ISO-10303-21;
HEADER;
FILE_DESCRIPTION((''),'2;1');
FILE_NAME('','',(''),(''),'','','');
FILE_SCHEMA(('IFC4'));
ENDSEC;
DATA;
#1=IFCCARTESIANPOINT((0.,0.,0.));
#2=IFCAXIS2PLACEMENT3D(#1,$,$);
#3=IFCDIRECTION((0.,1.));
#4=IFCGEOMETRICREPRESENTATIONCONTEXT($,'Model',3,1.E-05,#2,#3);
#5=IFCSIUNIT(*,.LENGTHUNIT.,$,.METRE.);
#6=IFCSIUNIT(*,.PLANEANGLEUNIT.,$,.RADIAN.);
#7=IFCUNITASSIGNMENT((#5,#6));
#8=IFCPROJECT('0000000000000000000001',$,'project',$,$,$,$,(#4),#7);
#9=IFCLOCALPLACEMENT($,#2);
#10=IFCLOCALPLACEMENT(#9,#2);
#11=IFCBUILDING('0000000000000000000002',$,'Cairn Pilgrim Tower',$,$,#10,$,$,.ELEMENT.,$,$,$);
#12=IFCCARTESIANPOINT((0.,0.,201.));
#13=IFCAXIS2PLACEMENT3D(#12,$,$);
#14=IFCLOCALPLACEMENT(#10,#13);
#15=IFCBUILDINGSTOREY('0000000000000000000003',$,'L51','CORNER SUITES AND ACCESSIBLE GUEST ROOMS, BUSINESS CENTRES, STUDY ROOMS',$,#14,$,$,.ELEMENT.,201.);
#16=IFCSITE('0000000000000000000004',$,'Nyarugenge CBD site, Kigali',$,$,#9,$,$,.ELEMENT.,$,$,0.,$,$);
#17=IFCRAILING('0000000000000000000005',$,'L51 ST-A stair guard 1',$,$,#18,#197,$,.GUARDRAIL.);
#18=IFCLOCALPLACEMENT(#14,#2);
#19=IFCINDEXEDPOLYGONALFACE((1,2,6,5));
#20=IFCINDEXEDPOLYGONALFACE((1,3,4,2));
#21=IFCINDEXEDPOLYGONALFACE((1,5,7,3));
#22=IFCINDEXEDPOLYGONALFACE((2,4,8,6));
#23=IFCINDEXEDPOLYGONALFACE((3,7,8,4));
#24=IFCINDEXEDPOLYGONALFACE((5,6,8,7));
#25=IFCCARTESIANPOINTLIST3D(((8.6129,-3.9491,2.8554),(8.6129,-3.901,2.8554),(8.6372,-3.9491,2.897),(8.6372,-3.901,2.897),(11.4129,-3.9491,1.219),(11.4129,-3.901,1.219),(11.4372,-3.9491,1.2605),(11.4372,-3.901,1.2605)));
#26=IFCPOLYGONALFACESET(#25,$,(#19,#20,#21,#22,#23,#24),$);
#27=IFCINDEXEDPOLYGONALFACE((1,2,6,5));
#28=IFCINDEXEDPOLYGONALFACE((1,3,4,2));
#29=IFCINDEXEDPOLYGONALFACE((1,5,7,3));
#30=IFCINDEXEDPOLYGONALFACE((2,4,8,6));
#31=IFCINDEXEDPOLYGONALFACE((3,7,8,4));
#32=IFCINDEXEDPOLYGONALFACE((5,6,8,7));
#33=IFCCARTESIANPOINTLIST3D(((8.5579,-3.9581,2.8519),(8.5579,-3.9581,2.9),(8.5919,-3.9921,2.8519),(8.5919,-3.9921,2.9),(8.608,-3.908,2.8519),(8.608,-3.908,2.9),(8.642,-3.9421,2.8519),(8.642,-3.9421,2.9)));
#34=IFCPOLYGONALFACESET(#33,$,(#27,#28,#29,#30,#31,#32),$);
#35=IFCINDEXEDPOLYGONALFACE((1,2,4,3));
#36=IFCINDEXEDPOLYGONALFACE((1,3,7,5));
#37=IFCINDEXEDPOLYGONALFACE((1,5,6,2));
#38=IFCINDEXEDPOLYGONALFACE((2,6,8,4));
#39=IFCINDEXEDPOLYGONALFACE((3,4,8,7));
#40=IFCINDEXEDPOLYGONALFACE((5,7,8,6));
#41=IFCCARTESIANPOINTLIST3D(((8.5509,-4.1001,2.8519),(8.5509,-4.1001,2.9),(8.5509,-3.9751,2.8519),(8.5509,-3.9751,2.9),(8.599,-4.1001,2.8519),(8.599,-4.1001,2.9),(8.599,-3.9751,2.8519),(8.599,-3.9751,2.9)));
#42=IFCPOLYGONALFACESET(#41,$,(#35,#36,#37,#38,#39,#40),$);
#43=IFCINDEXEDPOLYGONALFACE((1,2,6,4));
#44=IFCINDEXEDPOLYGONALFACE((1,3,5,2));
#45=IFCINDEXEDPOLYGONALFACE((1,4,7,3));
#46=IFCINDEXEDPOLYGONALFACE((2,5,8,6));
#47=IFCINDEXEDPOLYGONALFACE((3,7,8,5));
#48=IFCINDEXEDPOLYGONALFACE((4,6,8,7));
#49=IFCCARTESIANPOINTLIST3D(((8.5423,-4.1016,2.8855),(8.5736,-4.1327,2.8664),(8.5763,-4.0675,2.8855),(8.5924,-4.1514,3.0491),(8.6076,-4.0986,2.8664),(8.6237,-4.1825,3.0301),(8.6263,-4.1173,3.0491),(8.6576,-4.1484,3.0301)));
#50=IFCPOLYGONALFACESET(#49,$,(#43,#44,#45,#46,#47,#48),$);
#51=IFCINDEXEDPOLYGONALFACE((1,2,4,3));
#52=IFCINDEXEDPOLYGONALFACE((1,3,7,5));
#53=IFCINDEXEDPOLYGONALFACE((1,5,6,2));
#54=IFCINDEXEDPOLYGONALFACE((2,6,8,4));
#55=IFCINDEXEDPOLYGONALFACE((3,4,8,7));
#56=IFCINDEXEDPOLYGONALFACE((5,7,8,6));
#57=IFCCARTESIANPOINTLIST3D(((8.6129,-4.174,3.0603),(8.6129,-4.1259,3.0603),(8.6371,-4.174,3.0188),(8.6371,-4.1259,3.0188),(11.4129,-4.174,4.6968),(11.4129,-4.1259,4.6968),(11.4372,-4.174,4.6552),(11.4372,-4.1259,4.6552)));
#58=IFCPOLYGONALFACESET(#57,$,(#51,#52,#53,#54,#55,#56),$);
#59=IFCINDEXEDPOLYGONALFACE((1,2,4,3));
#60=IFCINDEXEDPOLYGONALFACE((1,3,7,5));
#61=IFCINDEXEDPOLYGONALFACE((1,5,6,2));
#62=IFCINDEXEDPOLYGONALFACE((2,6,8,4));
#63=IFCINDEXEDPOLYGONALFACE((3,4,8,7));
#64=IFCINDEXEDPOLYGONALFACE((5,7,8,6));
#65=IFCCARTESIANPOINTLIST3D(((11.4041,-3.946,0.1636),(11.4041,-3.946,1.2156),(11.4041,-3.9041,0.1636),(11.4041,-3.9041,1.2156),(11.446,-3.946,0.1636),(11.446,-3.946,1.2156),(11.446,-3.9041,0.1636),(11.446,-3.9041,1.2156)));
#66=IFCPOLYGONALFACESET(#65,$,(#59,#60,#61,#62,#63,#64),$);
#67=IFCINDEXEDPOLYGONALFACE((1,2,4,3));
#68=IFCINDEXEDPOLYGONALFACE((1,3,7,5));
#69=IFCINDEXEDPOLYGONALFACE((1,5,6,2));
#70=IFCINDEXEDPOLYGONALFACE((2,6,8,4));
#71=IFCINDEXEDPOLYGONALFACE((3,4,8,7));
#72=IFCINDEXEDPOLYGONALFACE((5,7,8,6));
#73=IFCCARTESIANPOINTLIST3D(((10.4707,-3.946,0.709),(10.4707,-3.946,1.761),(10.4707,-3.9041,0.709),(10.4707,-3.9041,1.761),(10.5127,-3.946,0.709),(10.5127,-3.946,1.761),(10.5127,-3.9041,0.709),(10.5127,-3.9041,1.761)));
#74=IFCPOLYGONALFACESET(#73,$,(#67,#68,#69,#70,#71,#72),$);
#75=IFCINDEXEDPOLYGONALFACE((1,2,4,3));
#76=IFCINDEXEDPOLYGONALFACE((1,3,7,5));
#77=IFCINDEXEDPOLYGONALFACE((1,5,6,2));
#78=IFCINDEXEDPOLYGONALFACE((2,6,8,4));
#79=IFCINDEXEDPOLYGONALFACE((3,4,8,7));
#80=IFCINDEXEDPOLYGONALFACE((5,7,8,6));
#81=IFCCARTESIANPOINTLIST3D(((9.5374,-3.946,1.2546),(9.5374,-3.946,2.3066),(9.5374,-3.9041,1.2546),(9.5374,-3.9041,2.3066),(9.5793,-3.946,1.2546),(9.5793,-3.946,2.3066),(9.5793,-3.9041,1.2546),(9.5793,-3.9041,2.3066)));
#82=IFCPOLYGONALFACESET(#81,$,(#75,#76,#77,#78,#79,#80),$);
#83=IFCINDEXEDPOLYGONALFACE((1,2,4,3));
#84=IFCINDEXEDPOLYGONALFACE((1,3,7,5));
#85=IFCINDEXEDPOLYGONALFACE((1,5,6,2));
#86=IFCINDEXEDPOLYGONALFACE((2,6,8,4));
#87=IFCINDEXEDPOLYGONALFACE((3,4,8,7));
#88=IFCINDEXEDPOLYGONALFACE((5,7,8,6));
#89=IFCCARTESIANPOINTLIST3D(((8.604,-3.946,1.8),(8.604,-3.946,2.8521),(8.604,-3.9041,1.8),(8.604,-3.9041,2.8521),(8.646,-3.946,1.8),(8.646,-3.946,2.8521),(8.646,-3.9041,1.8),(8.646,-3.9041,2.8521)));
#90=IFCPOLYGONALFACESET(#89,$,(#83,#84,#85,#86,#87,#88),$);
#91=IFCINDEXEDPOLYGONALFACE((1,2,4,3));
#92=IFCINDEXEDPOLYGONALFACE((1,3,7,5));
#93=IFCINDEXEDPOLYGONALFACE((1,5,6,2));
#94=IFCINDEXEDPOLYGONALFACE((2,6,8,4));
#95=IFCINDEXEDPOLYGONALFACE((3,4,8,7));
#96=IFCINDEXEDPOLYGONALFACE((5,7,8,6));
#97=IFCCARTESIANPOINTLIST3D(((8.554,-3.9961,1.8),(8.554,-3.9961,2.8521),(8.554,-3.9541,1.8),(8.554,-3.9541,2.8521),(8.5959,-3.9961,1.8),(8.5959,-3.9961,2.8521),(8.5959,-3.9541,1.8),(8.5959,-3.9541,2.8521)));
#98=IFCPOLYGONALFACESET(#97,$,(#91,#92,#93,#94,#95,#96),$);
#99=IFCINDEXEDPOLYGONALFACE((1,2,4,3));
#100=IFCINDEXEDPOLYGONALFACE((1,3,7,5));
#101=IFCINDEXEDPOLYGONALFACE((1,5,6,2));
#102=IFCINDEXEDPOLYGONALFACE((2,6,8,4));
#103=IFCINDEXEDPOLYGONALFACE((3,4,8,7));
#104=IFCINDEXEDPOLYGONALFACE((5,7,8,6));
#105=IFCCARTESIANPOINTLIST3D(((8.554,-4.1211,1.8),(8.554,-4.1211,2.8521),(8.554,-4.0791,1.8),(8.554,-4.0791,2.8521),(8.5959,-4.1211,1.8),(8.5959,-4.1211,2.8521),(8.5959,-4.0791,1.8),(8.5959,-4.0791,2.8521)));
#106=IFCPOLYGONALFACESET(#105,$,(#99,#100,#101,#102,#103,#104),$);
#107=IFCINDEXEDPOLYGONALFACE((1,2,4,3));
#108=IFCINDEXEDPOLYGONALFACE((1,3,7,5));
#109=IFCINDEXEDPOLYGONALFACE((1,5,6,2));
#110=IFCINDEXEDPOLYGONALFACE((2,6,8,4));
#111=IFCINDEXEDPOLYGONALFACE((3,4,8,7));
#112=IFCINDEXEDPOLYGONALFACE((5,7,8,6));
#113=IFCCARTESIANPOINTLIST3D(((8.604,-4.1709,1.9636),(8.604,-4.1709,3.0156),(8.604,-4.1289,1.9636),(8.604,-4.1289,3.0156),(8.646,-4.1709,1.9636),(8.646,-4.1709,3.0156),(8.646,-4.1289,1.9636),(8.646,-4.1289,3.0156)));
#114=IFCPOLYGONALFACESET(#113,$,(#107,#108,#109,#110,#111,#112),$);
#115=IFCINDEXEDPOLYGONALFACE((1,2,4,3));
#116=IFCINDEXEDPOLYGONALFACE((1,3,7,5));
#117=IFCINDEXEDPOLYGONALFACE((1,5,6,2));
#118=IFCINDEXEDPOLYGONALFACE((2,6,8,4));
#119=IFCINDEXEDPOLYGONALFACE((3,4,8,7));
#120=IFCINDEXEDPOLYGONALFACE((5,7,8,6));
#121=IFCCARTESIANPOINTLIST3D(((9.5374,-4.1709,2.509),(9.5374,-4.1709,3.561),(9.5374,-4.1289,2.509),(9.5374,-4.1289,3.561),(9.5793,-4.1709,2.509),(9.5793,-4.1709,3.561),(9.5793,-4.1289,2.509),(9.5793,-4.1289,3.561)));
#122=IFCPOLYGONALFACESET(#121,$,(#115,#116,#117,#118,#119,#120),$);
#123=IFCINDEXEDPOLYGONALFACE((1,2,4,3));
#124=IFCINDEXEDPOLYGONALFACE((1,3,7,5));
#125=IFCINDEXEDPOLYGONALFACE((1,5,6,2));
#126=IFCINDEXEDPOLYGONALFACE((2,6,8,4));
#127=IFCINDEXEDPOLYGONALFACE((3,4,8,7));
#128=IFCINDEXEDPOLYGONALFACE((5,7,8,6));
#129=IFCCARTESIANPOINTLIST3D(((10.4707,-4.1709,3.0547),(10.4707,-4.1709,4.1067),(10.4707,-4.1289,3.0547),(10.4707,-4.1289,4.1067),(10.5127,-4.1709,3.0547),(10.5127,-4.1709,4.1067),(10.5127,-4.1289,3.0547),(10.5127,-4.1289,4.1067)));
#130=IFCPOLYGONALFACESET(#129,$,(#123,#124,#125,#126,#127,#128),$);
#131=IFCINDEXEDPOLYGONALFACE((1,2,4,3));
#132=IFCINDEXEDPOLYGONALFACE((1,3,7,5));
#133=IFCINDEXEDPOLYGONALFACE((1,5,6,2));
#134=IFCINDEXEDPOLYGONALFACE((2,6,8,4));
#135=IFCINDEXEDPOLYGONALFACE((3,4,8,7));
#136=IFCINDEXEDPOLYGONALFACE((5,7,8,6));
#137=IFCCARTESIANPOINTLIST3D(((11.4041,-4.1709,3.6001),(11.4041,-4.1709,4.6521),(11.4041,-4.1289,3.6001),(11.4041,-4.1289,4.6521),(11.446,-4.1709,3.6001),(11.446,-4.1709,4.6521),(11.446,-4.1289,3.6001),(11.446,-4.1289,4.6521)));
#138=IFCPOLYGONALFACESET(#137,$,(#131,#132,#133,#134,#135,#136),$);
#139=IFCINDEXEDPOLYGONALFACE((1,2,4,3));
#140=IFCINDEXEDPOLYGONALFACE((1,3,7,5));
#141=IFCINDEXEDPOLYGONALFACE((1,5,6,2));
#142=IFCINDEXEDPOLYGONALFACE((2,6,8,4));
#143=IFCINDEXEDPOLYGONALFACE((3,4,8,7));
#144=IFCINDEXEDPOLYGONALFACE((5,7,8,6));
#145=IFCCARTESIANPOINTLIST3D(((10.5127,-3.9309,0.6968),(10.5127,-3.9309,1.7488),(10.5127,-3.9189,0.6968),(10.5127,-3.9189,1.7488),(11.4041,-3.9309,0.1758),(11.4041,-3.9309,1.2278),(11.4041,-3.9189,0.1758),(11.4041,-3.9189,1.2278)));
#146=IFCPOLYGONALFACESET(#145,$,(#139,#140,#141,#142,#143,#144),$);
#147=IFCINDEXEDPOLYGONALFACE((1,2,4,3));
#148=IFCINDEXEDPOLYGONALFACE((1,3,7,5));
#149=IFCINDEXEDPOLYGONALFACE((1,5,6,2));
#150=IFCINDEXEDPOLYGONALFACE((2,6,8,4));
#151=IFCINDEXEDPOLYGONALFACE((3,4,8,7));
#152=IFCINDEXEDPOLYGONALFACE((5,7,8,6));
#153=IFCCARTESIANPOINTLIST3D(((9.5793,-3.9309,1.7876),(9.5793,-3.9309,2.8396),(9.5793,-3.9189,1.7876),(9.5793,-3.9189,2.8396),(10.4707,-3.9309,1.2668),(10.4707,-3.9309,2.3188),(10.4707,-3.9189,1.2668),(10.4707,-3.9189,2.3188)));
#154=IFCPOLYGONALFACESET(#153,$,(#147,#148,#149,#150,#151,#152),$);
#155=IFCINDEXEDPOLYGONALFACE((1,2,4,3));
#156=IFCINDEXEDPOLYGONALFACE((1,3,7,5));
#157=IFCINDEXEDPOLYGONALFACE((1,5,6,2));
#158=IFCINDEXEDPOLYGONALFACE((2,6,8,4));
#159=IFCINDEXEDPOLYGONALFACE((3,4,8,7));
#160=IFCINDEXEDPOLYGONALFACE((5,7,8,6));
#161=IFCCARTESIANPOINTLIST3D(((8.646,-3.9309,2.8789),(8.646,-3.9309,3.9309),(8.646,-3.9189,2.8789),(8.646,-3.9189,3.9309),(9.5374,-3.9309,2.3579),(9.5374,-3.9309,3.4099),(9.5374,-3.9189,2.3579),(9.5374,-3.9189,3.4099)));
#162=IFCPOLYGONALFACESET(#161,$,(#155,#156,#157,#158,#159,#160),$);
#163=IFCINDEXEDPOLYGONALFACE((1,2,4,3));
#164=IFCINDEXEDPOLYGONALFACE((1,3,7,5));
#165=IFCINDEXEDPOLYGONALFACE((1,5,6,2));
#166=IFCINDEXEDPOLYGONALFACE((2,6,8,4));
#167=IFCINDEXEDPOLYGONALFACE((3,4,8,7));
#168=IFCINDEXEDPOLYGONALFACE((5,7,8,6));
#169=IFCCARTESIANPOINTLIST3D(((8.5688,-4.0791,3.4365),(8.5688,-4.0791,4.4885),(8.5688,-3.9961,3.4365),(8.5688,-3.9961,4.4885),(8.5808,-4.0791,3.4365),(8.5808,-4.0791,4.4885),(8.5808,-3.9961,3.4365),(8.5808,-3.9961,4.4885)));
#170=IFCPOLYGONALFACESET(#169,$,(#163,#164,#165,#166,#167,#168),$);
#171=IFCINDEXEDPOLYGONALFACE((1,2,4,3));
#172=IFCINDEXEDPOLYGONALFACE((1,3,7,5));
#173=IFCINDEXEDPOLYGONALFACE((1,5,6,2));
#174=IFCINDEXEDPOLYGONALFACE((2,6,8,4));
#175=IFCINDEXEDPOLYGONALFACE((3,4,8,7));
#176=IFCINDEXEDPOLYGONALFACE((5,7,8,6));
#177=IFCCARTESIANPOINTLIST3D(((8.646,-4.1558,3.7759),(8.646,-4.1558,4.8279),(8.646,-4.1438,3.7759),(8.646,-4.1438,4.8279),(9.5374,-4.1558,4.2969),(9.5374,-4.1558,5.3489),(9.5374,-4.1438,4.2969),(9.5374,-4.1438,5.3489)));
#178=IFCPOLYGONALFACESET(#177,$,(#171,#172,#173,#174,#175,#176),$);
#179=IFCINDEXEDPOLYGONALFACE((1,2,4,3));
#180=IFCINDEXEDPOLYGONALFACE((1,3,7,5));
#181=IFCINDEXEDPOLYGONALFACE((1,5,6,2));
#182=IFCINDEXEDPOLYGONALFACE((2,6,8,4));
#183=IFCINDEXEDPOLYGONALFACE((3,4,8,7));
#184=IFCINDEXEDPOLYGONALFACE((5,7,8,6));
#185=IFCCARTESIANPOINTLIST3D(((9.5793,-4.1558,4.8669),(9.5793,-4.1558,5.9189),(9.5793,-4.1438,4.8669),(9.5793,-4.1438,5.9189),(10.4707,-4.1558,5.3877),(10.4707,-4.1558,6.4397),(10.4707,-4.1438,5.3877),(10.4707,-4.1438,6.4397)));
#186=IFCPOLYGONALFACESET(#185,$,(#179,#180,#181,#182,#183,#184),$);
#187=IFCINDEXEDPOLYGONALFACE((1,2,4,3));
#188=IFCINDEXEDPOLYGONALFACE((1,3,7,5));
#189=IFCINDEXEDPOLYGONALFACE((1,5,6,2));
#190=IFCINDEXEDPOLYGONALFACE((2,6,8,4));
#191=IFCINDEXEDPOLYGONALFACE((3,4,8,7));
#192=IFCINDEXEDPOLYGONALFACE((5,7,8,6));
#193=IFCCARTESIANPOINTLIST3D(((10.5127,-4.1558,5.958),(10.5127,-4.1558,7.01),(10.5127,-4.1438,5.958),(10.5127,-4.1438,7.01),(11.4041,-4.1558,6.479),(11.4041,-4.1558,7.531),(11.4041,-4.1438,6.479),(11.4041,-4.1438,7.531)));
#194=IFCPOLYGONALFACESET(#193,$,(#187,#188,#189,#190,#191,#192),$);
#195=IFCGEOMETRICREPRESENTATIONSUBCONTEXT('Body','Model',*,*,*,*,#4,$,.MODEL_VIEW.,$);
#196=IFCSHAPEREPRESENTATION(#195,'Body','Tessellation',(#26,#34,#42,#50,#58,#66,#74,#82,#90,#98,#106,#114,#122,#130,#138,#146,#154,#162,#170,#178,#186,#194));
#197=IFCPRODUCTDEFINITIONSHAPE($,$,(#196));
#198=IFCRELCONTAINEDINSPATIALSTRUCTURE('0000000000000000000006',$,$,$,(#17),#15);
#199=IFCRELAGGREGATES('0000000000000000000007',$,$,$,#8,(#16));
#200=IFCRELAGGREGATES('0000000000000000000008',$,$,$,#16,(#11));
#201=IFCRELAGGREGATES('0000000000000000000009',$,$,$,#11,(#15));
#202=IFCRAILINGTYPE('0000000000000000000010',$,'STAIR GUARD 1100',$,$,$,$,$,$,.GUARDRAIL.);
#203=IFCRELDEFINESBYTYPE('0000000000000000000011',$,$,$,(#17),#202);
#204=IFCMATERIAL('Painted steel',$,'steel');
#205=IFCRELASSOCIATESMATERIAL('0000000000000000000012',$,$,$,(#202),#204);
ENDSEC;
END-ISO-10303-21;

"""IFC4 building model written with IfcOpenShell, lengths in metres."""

from ifc_helpers import new_model, si_unit, direction, frame, origin, origin_2d, place, context, subcontext, project, spatial, polyline, rectangle, outline, extrude, material, type_object, element, save


model = new_model("IFC4")

# Units and contexts
model_context = context("Model", 3, precision=1e-05, world=origin(), true_north=direction((0.0, 1.0)))
body_context = subcontext(model_context, "Body", "Model", "MODEL_VIEW")
ifc_project = project(units=[si_unit("LENGTHUNIT", "METRE"), si_unit("PLANEANGLEUNIT", "RADIAN")], contexts=[model_context])

# Site, building, storey
site_placement = place(None, origin())
site = spatial("IfcSite", under=ifc_project, at=site_placement, Name="Nyarugenge CBD site, Kigali", CompositionType="ELEMENT", RefElevation=0.0)
building_placement = place(site_placement, origin())
building = spatial("IfcBuilding", under=site, at=building_placement, Name="Cairn Pilgrim Tower", CompositionType="ELEMENT")
storey_placement = place(building_placement, frame((0.0, 0.0, 201.0)))
storey = spatial("IfcBuildingStorey", under=building, at=storey_placement, Name="L51", Description="CORNER SUITES AND ACCESSIBLE GUEST ROOMS, BUSINESS CENTRES, STUDY ROOMS", CompositionType="ELEMENT", Elevation=201.0)

# Shared definitions
ifc_material_1 = material(Name="Painted steel", Category="steel")

# Railing
railing_type_1 = type_object("IfcRailingType", Name="STAIR GUARD 1100", PredefinedType="GUARDRAIL", material=ifc_material_1)
railing_1_placement = place(storey_placement, frame((11.425, -3.925, 0.1636)))
element("IfcRailing", 1, at=railing_1_placement, inside=storey, type_object=railing_type_1, Name="L51 ST-A stair guard 1", PredefinedType="GUARDRAIL", context=body_context, shape_type="SweptSolid", body=[
    extrude(rectangle(XDim=0.0481, YDim=0.0481, at=origin_2d()), frame((0.0, 0.0, 1.0762), z_axis=(-0.863361, 0.0, 0.504587), x_axis=(0.0, -1.0, 0.0)), (0.0, 0.0, 1.0), 3.2432),
    extrude(rectangle(XDim=0.0481, YDim=0.0481, at=origin_2d()), frame((-2.8, 0.0, 2.7124), z_axis=(-0.707107, -0.707107, 0.0), x_axis=(0.707107, -0.707107, 0.0)), (0.0, 0.0, 1.0), 0.0708),
    extrude(rectangle(XDim=0.0481, YDim=0.0481, at=origin_2d()), frame((-2.8501, -0.05, 2.7124), z_axis=(0.0, -1.0, 0.0), x_axis=(1.0, 0.0, 0.0)), (0.0, 0.0, 1.0), 0.125),
    extrude(rectangle(XDim=0.0481, YDim=0.0481, at=origin_2d()), frame((-2.8501, -0.175, 2.7124), z_axis=(0.280917, -0.279546, 0.918118), x_axis=(0.705376, 0.708834, 0.0)), (0.0, 0.0, 1.0), 0.1782),
    extrude(rectangle(XDim=0.0481, YDim=0.0481, at=origin_2d()), frame((-2.8, -0.2249, 2.876), z_axis=(0.863361, 0.0, 0.504587), x_axis=(0.0, 1.0, 0.0)), (0.0, 0.0, 1.0), 3.2432),
    extrude(rectangle(XDim=0.042, YDim=0.042, at=origin_2d()), origin(), (0.0, 0.0, 1.0), 1.052),
    extrude(rectangle(XDim=0.042, YDim=0.042, at=origin_2d()), frame((-0.9333, 0.0, 0.5454)), (0.0, 0.0, 1.0), 1.052),
    extrude(rectangle(XDim=0.042, YDim=0.042, at=origin_2d()), frame((-1.8667, 0.0, 1.0911)), (0.0, 0.0, 1.0), 1.052),
    extrude(rectangle(XDim=0.042, YDim=0.042, at=origin_2d()), frame((-2.8, 0.0, 1.6365)), (0.0, 0.0, 1.0), 1.052),
    extrude(rectangle(XDim=0.042, YDim=0.042, at=origin_2d()), frame((-2.8501, -0.05, 1.6365)), (0.0, 0.0, 1.0), 1.052),
    extrude(rectangle(XDim=0.042, YDim=0.042, at=origin_2d()), frame((-2.8501, -0.175, 1.6365)), (0.0, 0.0, 1.0), 1.052),
    extrude(rectangle(XDim=0.042, YDim=0.042, at=origin_2d()), frame((-2.8, -0.2249, 1.8)), (0.0, 0.0, 1.0), 1.052),
    extrude(rectangle(XDim=0.042, YDim=0.042, at=origin_2d()), frame((-1.8667, -0.2249, 2.3455)), (0.0, 0.0, 1.0), 1.052),
    extrude(rectangle(XDim=0.042, YDim=0.042, at=origin_2d()), frame((-0.9333, -0.2249, 2.8911)), (0.0, 0.0, 1.0), 1.052),
    extrude(rectangle(XDim=0.042, YDim=0.042, at=origin_2d()), frame((0.0, -0.2249, 3.4365)), (0.0, 0.0, 1.0), 1.052),
    extrude(outline(polyline([(0.021, 0.0122), (0.9124, 0.5332), (0.9124, 1.5852), (0.021, 1.0642), (0.021, 0.0122)])), frame((0.0, -0.0059, 0.0), z_axis=(0.0, 1.0, 0.0), x_axis=(-1.0, 0.0, 0.0)), (0.0, 0.0, 1.0), 0.012),
    extrude(outline(polyline([(0.021, 0.5579), (0.9124, 1.0786), (0.9124, 2.1306), (0.021, 1.6099), (0.021, 0.5579)])), frame((-0.9333, -0.0059, 0.5454), z_axis=(0.0, 1.0, 0.0), x_axis=(-1.0, 0.0, 0.0)), (0.0, 0.0, 1.0), 0.012),
    extrude(outline(polyline([(0.021, 1.1033), (0.9124, 1.6243), (0.9124, 2.6763), (0.021, 2.1553), (0.021, 1.1033)])), frame((-1.8667, -0.0059, 1.0911), z_axis=(0.0, 1.0, 0.0), x_axis=(-1.0, 0.0, 0.0)), (0.0, 0.0, 1.0), 0.012),
    extrude(outline(polyline([(0.021, 1.6365), (0.104, 1.6365), (0.104, 2.6885), (0.021, 2.6885), (0.021, 1.6365)])), frame((-2.8442, -0.05, 1.6365), z_axis=(-1.0, 0.0, 0.0), x_axis=(0.0, -1.0, 0.0)), (0.0, 0.0, 1.0), 0.012),
    extrude(outline(polyline([(0.021, 1.8123), (0.9124, 2.3333), (0.9124, 3.3853), (0.021, 2.8643), (0.021, 1.8123)])), frame((-2.8, -0.2188, 1.8), z_axis=(0.0, -1.0, 0.0), x_axis=(1.0, 0.0, 0.0)), (0.0, 0.0, 1.0), 0.012),
    extrude(outline(polyline([(0.021, 2.3579), (0.9124, 2.8787), (0.9124, 3.9307), (0.021, 3.4099), (0.021, 2.3579)])), frame((-1.8667, -0.2188, 2.3455), z_axis=(0.0, -1.0, 0.0), x_axis=(1.0, 0.0, 0.0)), (0.0, 0.0, 1.0), 0.012),
    extrude(outline(polyline([(0.021, 2.9033), (0.9124, 3.4243), (0.9124, 4.4763), (0.021, 3.9553), (0.021, 2.9033)])), frame((-0.9333, -0.2188, 2.8911), z_axis=(0.0, -1.0, 0.0), x_axis=(1.0, 0.0, 0.0)), (0.0, 0.0, 1.0), 0.012),
])

save(model, "model.ifc")
